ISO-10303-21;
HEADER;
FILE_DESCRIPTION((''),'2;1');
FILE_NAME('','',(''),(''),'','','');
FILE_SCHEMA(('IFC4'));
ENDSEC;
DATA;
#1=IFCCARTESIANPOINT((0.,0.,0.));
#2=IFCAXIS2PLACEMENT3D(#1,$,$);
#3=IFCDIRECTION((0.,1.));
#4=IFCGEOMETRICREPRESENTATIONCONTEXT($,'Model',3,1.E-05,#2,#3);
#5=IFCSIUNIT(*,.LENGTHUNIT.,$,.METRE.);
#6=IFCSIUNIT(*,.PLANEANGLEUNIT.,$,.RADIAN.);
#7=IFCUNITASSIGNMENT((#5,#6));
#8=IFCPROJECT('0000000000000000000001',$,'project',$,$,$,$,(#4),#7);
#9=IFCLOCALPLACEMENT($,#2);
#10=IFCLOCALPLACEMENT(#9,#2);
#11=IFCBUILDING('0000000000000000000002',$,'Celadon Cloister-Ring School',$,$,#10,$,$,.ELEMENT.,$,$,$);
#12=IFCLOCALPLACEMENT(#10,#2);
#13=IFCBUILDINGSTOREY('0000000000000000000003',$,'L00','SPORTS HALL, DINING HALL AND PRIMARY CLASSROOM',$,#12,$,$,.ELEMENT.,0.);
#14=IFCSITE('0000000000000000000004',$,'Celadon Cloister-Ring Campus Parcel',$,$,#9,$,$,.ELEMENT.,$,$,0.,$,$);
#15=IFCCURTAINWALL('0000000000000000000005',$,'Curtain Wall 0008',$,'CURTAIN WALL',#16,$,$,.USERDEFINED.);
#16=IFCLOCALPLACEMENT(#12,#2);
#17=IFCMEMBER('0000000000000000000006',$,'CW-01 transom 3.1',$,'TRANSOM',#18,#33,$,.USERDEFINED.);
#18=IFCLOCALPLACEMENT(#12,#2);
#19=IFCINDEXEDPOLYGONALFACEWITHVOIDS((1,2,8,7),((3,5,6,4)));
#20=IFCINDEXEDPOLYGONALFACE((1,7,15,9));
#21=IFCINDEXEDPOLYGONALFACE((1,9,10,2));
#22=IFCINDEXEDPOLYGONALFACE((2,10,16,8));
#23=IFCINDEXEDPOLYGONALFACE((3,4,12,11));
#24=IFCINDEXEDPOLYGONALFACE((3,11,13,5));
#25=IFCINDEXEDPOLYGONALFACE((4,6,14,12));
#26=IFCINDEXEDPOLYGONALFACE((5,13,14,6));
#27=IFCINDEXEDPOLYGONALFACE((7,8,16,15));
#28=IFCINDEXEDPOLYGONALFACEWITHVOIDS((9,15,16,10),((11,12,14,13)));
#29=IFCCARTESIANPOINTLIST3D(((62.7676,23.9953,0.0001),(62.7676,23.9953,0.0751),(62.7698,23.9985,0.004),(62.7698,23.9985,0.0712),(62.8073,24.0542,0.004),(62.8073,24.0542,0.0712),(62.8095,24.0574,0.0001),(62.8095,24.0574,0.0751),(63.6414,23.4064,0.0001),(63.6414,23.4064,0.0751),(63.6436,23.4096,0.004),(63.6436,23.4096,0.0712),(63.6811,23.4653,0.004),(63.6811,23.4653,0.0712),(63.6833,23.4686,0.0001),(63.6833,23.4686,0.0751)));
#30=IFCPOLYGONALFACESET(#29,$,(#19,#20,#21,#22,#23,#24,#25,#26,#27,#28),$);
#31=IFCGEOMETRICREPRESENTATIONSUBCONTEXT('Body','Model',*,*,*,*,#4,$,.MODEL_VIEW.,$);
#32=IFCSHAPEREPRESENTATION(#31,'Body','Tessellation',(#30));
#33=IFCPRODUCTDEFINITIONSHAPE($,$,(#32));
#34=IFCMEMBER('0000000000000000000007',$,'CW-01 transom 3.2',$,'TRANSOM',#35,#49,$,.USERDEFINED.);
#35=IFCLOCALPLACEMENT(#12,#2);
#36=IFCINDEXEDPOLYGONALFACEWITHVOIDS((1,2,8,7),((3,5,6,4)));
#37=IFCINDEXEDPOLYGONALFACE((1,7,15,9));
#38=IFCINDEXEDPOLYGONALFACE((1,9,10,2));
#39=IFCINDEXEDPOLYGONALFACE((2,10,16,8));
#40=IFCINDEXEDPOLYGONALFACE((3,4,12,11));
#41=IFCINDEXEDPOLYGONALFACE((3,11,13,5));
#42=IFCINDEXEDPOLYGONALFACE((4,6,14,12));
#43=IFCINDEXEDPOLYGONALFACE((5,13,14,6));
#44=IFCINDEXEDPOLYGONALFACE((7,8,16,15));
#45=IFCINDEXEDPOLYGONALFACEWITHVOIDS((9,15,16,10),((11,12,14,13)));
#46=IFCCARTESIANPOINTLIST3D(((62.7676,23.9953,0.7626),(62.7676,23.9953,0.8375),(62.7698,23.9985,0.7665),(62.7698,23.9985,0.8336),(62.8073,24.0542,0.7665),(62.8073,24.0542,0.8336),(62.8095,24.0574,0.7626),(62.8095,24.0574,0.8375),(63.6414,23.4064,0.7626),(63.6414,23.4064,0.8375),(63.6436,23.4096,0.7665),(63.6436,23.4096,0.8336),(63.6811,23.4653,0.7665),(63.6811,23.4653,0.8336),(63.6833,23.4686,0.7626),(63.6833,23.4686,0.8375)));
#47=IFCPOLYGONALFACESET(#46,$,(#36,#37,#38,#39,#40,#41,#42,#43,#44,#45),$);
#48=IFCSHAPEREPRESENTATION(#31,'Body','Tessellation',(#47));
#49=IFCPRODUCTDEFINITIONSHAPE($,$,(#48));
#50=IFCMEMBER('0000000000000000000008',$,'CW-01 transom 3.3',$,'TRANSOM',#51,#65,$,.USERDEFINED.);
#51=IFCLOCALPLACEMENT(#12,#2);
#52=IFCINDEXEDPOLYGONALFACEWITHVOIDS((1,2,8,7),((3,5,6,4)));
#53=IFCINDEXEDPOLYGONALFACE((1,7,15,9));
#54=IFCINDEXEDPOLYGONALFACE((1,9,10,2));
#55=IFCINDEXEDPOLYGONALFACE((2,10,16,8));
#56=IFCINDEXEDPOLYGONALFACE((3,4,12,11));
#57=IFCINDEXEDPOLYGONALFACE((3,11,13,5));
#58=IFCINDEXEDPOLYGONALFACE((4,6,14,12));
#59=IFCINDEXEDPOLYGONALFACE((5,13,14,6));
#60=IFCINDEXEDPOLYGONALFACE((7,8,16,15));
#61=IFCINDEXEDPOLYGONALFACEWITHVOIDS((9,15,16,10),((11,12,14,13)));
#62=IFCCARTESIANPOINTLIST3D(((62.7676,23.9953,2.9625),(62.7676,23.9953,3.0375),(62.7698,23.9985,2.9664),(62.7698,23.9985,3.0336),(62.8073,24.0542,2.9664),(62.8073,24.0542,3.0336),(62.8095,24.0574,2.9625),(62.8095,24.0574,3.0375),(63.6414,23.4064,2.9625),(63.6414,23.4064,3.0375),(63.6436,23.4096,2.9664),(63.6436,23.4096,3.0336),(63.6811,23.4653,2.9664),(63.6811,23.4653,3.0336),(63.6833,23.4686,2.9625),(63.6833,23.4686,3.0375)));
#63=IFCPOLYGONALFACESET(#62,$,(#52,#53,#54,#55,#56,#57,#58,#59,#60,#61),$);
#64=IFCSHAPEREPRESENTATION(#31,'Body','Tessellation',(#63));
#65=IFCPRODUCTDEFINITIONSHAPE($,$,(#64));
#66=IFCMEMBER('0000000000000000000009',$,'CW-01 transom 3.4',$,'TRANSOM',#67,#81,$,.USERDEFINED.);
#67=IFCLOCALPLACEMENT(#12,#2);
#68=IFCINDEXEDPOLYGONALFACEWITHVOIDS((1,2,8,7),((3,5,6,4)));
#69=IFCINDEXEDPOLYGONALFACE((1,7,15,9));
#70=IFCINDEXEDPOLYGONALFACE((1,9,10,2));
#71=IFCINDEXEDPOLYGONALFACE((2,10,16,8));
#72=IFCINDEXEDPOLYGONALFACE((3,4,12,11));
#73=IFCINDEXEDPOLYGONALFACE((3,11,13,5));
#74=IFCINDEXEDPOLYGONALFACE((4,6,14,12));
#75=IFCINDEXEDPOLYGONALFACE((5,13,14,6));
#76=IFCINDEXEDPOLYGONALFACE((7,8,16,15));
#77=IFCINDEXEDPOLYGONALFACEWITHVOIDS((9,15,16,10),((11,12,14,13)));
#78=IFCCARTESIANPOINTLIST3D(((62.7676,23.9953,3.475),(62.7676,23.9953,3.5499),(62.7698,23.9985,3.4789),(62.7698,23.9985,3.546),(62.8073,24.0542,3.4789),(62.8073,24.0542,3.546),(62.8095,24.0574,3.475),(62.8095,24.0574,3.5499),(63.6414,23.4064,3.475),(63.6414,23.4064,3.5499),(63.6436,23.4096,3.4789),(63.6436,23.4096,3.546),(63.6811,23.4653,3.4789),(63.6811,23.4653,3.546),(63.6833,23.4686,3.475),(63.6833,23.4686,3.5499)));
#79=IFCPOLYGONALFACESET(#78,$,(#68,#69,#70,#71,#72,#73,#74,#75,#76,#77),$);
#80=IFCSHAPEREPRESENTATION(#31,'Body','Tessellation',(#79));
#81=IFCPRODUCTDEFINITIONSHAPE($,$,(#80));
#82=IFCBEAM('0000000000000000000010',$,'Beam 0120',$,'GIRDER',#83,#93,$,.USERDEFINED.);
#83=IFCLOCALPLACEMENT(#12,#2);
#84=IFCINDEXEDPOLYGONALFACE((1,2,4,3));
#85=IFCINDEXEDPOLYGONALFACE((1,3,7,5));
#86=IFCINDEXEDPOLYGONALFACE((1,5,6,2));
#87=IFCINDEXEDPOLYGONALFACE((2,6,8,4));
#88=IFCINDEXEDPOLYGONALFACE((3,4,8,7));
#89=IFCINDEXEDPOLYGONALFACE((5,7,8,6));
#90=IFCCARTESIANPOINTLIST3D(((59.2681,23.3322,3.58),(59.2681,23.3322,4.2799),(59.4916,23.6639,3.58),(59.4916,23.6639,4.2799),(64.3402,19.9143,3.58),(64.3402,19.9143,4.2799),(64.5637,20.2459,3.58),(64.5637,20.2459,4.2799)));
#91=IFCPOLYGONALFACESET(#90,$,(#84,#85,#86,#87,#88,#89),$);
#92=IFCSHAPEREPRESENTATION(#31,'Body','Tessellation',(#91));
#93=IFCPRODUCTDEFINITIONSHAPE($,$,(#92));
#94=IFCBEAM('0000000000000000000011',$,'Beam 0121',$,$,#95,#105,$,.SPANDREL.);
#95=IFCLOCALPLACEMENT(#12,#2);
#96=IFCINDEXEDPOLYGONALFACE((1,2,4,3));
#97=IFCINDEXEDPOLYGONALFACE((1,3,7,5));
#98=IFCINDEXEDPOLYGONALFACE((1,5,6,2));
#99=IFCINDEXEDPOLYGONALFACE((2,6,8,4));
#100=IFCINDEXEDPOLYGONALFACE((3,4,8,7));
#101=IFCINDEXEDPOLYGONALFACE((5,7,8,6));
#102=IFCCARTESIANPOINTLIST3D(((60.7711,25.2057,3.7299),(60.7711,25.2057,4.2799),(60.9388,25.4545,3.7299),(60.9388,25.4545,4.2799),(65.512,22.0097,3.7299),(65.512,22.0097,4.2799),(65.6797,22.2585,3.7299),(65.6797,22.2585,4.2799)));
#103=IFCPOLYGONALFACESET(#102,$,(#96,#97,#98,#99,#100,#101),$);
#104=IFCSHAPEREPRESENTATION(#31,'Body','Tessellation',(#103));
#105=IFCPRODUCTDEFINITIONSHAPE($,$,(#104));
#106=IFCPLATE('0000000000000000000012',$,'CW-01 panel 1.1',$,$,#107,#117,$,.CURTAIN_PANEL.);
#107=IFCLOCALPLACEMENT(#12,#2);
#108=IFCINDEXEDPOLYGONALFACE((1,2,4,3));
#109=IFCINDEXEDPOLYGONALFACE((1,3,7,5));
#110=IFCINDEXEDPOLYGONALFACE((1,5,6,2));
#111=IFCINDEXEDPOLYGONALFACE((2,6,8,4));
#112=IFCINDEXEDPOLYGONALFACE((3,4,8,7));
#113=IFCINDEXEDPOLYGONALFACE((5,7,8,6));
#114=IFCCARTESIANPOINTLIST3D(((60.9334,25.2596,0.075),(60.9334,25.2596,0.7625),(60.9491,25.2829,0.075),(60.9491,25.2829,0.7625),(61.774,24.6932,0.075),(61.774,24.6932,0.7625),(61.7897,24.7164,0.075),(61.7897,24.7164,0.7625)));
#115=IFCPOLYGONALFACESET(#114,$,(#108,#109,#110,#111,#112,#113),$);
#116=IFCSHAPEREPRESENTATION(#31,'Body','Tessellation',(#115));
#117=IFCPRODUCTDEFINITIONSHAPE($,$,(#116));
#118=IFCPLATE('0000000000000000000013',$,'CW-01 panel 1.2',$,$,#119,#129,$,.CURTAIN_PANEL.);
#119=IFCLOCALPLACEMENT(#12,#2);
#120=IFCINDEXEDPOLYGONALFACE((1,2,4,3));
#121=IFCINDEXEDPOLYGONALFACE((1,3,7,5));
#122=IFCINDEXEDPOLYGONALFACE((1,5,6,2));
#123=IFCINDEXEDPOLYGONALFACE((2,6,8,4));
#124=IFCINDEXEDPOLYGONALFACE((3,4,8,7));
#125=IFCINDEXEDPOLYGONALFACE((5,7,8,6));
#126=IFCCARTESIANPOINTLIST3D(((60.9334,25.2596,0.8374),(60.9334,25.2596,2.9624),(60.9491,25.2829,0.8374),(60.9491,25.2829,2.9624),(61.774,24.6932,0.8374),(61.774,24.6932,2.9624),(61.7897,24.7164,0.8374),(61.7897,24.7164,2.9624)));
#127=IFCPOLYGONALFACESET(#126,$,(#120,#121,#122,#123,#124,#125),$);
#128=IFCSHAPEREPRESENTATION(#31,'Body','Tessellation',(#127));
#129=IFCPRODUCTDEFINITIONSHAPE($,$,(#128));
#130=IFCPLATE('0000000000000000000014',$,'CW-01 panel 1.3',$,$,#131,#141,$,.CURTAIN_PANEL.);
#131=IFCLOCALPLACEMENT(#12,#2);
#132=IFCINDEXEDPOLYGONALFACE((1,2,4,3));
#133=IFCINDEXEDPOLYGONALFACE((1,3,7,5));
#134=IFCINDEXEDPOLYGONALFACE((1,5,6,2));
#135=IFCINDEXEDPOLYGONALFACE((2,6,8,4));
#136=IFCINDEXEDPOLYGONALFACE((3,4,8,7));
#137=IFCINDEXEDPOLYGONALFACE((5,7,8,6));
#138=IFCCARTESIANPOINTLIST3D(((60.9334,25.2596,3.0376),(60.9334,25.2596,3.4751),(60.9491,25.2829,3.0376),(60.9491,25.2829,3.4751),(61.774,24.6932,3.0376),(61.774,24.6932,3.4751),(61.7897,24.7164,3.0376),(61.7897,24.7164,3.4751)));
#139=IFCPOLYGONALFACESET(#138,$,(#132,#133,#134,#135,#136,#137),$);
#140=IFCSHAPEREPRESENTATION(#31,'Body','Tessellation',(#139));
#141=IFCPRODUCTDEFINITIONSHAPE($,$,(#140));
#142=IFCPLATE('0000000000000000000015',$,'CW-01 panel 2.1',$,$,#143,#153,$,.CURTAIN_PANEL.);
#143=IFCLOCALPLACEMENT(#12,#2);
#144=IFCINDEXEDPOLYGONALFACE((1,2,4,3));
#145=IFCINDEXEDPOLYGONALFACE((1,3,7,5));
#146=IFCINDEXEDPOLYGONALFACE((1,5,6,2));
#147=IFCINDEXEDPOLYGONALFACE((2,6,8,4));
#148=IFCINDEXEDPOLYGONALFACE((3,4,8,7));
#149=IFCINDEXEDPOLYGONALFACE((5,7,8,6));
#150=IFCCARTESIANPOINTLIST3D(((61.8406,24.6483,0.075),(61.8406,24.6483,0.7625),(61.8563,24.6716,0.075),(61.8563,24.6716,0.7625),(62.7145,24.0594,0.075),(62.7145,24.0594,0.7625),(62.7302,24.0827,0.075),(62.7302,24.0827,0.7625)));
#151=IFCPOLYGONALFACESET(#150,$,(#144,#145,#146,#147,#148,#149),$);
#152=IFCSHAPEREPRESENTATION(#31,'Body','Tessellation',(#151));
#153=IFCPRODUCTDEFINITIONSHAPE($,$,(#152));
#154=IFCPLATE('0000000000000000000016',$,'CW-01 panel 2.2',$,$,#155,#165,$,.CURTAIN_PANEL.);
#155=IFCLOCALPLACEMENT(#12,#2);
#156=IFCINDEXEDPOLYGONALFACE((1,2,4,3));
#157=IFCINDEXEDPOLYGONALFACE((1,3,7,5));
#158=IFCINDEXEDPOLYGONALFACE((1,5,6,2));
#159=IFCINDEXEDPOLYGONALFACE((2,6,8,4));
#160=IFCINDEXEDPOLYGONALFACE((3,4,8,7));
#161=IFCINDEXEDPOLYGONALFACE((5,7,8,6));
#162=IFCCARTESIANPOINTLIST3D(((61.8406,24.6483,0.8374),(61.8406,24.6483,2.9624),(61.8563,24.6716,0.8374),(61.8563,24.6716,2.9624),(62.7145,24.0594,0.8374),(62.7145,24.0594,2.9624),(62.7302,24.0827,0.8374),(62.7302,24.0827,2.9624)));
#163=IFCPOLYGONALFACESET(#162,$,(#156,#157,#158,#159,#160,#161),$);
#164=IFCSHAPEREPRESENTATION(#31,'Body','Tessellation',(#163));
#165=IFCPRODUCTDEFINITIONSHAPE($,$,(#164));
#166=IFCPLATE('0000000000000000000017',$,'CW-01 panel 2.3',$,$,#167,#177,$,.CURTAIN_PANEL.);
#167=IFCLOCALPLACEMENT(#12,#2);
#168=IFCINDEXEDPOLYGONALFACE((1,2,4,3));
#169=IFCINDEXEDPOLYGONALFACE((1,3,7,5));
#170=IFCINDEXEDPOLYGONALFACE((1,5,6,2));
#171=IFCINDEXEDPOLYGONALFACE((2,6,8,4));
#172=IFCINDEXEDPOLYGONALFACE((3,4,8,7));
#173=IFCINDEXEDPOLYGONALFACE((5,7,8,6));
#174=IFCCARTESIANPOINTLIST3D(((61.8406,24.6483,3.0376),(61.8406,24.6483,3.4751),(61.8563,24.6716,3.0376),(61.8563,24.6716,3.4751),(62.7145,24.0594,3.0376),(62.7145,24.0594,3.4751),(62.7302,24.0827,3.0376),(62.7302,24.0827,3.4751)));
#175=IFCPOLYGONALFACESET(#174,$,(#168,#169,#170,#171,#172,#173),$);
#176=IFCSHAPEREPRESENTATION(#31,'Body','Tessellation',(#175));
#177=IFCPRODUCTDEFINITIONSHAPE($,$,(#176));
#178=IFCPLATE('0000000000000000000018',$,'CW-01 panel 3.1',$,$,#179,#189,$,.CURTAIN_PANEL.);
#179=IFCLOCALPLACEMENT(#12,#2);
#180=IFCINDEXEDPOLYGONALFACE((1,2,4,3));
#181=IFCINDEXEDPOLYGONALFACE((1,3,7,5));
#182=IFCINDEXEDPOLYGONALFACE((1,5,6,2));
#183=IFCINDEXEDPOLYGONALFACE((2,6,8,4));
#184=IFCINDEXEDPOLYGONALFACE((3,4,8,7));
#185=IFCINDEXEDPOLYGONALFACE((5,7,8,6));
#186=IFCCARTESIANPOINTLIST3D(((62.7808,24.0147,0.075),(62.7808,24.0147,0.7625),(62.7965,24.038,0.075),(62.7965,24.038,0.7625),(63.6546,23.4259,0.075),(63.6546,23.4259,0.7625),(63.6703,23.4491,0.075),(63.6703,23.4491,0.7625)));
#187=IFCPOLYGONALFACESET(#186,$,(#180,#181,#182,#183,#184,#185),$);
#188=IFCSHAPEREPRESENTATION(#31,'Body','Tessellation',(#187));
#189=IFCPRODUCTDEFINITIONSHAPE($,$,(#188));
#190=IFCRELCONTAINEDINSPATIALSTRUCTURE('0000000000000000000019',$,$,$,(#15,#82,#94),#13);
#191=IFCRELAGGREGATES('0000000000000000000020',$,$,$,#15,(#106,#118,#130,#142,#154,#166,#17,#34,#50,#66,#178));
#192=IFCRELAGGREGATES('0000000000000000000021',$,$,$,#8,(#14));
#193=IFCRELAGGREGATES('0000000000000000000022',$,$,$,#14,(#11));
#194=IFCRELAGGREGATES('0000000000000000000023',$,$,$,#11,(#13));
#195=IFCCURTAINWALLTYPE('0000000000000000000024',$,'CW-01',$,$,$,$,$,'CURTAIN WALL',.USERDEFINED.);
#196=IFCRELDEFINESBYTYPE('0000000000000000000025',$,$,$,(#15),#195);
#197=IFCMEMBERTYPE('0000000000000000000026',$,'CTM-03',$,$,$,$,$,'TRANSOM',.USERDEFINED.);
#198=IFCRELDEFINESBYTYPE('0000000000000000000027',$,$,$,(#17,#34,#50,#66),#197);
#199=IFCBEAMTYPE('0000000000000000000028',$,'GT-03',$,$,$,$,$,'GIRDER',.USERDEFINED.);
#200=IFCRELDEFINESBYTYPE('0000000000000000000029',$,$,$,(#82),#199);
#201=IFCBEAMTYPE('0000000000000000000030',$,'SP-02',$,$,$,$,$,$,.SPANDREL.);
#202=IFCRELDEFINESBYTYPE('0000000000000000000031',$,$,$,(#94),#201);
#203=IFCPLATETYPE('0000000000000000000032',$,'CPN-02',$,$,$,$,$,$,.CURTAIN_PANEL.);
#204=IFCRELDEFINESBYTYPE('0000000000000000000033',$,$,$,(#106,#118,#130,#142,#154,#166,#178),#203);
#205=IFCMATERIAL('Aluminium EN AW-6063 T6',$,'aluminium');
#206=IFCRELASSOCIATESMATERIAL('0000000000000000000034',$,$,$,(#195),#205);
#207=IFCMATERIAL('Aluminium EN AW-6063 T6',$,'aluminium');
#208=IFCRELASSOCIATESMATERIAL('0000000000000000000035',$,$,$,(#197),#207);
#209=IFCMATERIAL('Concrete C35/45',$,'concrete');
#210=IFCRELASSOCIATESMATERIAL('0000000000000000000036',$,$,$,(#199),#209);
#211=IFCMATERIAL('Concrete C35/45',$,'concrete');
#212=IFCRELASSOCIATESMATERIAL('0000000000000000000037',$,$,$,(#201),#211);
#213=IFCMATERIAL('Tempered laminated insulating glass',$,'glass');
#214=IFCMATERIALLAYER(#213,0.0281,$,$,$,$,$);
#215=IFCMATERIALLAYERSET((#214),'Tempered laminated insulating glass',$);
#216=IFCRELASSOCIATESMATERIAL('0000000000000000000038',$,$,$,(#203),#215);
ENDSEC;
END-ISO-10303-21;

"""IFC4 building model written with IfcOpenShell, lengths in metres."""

from ifc_helpers import new_model, si_unit, direction, frame, origin, origin_2d, place, context, subcontext, project, spatial, rectangle, hollow_rectangle, extrude, material, layer, layer_set, material_profile, profile_set, type_object, element, aggregate, save


model = new_model("IFC4")

# Units and contexts
model_context = context("Model", 3, precision=1e-05, world=origin(), true_north=direction((0.0, 1.0)))
body_context = subcontext(model_context, "Body", "Model", "MODEL_VIEW")
ifc_project = project(units=[si_unit("LENGTHUNIT", "METRE"), si_unit("PLANEANGLEUNIT", "RADIAN")], contexts=[model_context])

# Site, building, storey
site_placement = place(None, origin())
site = spatial("IfcSite", under=ifc_project, at=site_placement, Name="Celadon Cloister-Ring Campus Parcel", CompositionType="ELEMENT", RefElevation=0.0)
building_placement = place(site_placement, origin())
building = spatial("IfcBuilding", under=site, at=building_placement, Name="Celadon Cloister-Ring School", CompositionType="ELEMENT")
storey_placement = place(building_placement, origin())
storey = spatial("IfcBuildingStorey", under=building, at=storey_placement, Name="L00", Description="SPORTS HALL, DINING HALL AND PRIMARY CLASSROOM", CompositionType="ELEMENT", Elevation=0.0)

# Curtain wall, members
ifc_material_1 = material(Name="Aluminium EN AW-6063 T6", Category="aluminium")
curtain_wall_type = type_object("IfcCurtainWallType", Name="CW-01", ElementType="CURTAIN WALL", PredefinedType="USERDEFINED", material=ifc_material_1)
curtain_wall_placement = place(storey_placement, origin())
curtain_wall = element("IfcCurtainWall", 1, at=curtain_wall_placement, inside=storey, type_object=curtain_wall_type, Name="Curtain Wall 0008", ObjectType="CURTAIN WALL", PredefinedType="USERDEFINED")
ifc_material_2 = material(Name="Aluminium EN AW-6063 T6", Category="aluminium")
ifc_material_profile_1 = material_profile(ifc_material_2, hollow_rectangle(XDim=0.075, YDim=0.075, WallThickness=0.0039, at=origin_2d()), Name="RHS75X75X4")
ifc_profile_set_1 = profile_set([ifc_material_profile_1], Name="Aluminium EN AW-6063 T6")
member_type_1 = type_object("IfcMemberType", Name="CTM-03", ElementType="TRANSOM", PredefinedType="USERDEFINED", material=ifc_profile_set_1)
member_1_placement = place(storey_placement, frame((62.7886, 24.0264, 0.0376), z_axis=(0.829259, -0.558864, 0.0), x_axis=(0.558864, 0.829259, 0.0)))
member_1 = element("IfcMember", 2, at=member_1_placement, type_object=member_type_1, Name="CW-01 transom 3.1", ObjectType="TRANSOM", PredefinedType="USERDEFINED", context=body_context, shape_type="SweptSolid", body=[
    extrude(hollow_rectangle(XDim=0.075, YDim=0.075, WallThickness=0.0039, at=origin_2d()), origin(), (0.0, 0.0, 1.0), 1.0537),
])
member_2_placement = place(storey_placement, frame((62.7886, 24.0264, 0.8), z_axis=(0.829259, -0.558864, 0.0), x_axis=(0.558864, 0.829259, 0.0)))
member_2 = element("IfcMember", 3, at=member_2_placement, type_object=member_type_1, Name="CW-01 transom 3.2", ObjectType="TRANSOM", PredefinedType="USERDEFINED", context=body_context, shape_type="SweptSolid", body=[
    extrude(hollow_rectangle(XDim=0.075, YDim=0.075, WallThickness=0.0039, at=origin_2d()), origin(), (0.0, 0.0, 1.0), 1.0537),
])
member_3_placement = place(storey_placement, frame((62.7886, 24.0264, 3.0), z_axis=(0.829259, -0.558864, 0.0), x_axis=(0.558864, 0.829259, 0.0)))
member_3 = element("IfcMember", 4, at=member_3_placement, type_object=member_type_1, Name="CW-01 transom 3.3", ObjectType="TRANSOM", PredefinedType="USERDEFINED", context=body_context, shape_type="SweptSolid", body=[
    extrude(hollow_rectangle(XDim=0.075, YDim=0.075, WallThickness=0.0039, at=origin_2d()), origin(), (0.0, 0.0, 1.0), 1.0537),
])
member_4_placement = place(storey_placement, frame((62.7886, 24.0264, 3.5125), z_axis=(0.829259, -0.558864, 0.0), x_axis=(0.558864, 0.829259, 0.0)))
member_4 = element("IfcMember", 5, at=member_4_placement, type_object=member_type_1, Name="CW-01 transom 3.4", ObjectType="TRANSOM", PredefinedType="USERDEFINED", context=body_context, shape_type="SweptSolid", body=[
    extrude(hollow_rectangle(XDim=0.075, YDim=0.075, WallThickness=0.0039, at=origin_2d()), origin(), (0.0, 0.0, 1.0), 1.0537),
])

# Beams
ifc_material_3 = material(Name="Concrete C35/45", Category="concrete")
ifc_material_profile_2 = material_profile(ifc_material_3, rectangle(XDim=0.3999, YDim=0.7, at=origin_2d()), Name="RC400X700")
ifc_profile_set_2 = profile_set([ifc_material_profile_2], Name="Concrete C35/45")
beam_type_1 = type_object("IfcBeamType", Name="GT-03", ElementType="GIRDER", PredefinedType="USERDEFINED", material=ifc_profile_set_2)
beam_1_placement = place(storey_placement, frame((59.3799, 23.498, 3.9299), z_axis=(0.829276, -0.558839, 0.0), x_axis=(0.558839, 0.829276, 0.0)))
element("IfcBeam", 6, at=beam_1_placement, inside=storey, type_object=beam_type_1, Name="Beam 0120", ObjectType="GIRDER", PredefinedType="USERDEFINED", context=body_context, shape_type="SweptSolid", body=[
    extrude(rectangle(XDim=0.3999, YDim=0.7, at=origin_2d()), origin(), (0.0, 0.0, 1.0), 6.1162),
])
ifc_material_4 = material(Name="Concrete C35/45", Category="concrete")
ifc_material_profile_3 = material_profile(ifc_material_4, rectangle(XDim=0.3, YDim=0.55, at=origin_2d()), Name="RC300X550")
ifc_profile_set_3 = profile_set([ifc_material_profile_3], Name="Concrete C35/45")
beam_type_2 = type_object("IfcBeamType", Name="SP-02", PredefinedType="SPANDREL", material=ifc_profile_set_3)
beam_2_placement = place(storey_placement, frame((60.855, 25.3301, 4.0049), z_axis=(0.829182, -0.558979, 0.0), x_axis=(0.558979, 0.829182, 0.0)))
element("IfcBeam", 7, at=beam_2_placement, inside=storey, type_object=beam_type_2, Name="Beam 0121", PredefinedType="SPANDREL", context=body_context, shape_type="SweptSolid", body=[
    extrude(rectangle(XDim=0.3, YDim=0.55, at=origin_2d()), origin(), (0.0, 0.0, 1.0), 5.7175),
])

# Plates
ifc_material_5 = material(Name="Tempered laminated insulating glass", Category="glass")
ifc_layer = layer(ifc_material_5, 0.0281)
ifc_layer_set = layer_set([ifc_layer], Name="Tempered laminated insulating glass")
plate_type = type_object("IfcPlateType", Name="CPN-02", PredefinedType="CURTAIN_PANEL", material=ifc_layer_set)
plate_1_placement = place(storey_placement, frame((61.3616, 24.988, 0.075), z_axis=(0.0, 0.0, 1.0), x_axis=(0.829272, -0.558846, 0.0)))
plate_1 = element("IfcPlate", 8, at=plate_1_placement, type_object=plate_type, Name="CW-01 panel 1.1", PredefinedType="CURTAIN_PANEL", context=body_context, shape_type="SweptSolid", body=[
    extrude(rectangle(XDim=1.0137, YDim=0.0281, at=origin_2d()), origin(), (0.0, 0.0, 1.0), 0.6875),
])
plate_2_placement = place(storey_placement, frame((61.3616, 24.988, 0.8374), z_axis=(0.0, 0.0, 1.0), x_axis=(0.829272, -0.558846, 0.0)))
plate_2 = element("IfcPlate", 9, at=plate_2_placement, type_object=plate_type, Name="CW-01 panel 1.2", PredefinedType="CURTAIN_PANEL", context=body_context, shape_type="SweptSolid", body=[
    extrude(rectangle(XDim=1.0137, YDim=0.0281, at=origin_2d()), origin(), (0.0, 0.0, 1.0), 2.125),
])
plate_3_placement = place(storey_placement, frame((61.3616, 24.988, 3.0376), z_axis=(0.0, 0.0, 1.0), x_axis=(0.829272, -0.558846, 0.0)))
plate_3 = element("IfcPlate", 10, at=plate_3_placement, type_object=plate_type, Name="CW-01 panel 1.3", PredefinedType="CURTAIN_PANEL", context=body_context, shape_type="SweptSolid", body=[
    extrude(rectangle(XDim=1.0137, YDim=0.0281, at=origin_2d()), origin(), (0.0, 0.0, 1.0), 0.4375),
])
plate_4_placement = place(storey_placement, frame((62.2854, 24.3655, 0.075), z_axis=(0.0, 0.0, 1.0), x_axis=(0.829272, -0.558846, 0.0)))
plate_4 = element("IfcPlate", 11, at=plate_4_placement, type_object=plate_type, Name="CW-01 panel 2.1", PredefinedType="CURTAIN_PANEL", context=body_context, shape_type="SweptSolid", body=[
    extrude(rectangle(XDim=1.0537, YDim=0.0281, at=origin_2d()), origin(), (0.0, 0.0, 1.0), 0.6875),
])
plate_5_placement = place(storey_placement, frame((62.2854, 24.3655, 0.8374), z_axis=(0.0, 0.0, 1.0), x_axis=(0.829272, -0.558846, 0.0)))
plate_5 = element("IfcPlate", 12, at=plate_5_placement, type_object=plate_type, Name="CW-01 panel 2.2", PredefinedType="CURTAIN_PANEL", context=body_context, shape_type="SweptSolid", body=[
    extrude(rectangle(XDim=1.0537, YDim=0.0281, at=origin_2d()), origin(), (0.0, 0.0, 1.0), 2.125),
])
plate_6_placement = place(storey_placement, frame((62.2854, 24.3655, 3.0376), z_axis=(0.0, 0.0, 1.0), x_axis=(0.829272, -0.558846, 0.0)))
plate_6 = element("IfcPlate", 13, at=plate_6_placement, type_object=plate_type, Name="CW-01 panel 2.3", PredefinedType="CURTAIN_PANEL", context=body_context, shape_type="SweptSolid", body=[
    extrude(rectangle(XDim=1.0537, YDim=0.0281, at=origin_2d()), origin(), (0.0, 0.0, 1.0), 0.4375),
])
plate_7_placement = place(storey_placement, frame((63.2256, 23.7319, 0.075), z_axis=(0.0, 0.0, 1.0), x_axis=(0.829272, -0.558846, 0.0)))
plate_7 = element("IfcPlate", 14, at=plate_7_placement, type_object=plate_type, Name="CW-01 panel 3.1", PredefinedType="CURTAIN_PANEL", context=body_context, shape_type="SweptSolid", body=[
    extrude(rectangle(XDim=1.0537, YDim=0.0281, at=origin_2d()), origin(), (0.0, 0.0, 1.0), 0.6875),
])
aggregate(curtain_wall, [plate_1, plate_2, plate_3, plate_4, plate_5, plate_6, member_1, member_2, member_3, member_4, plate_7])

save(model, "model.ifc")
